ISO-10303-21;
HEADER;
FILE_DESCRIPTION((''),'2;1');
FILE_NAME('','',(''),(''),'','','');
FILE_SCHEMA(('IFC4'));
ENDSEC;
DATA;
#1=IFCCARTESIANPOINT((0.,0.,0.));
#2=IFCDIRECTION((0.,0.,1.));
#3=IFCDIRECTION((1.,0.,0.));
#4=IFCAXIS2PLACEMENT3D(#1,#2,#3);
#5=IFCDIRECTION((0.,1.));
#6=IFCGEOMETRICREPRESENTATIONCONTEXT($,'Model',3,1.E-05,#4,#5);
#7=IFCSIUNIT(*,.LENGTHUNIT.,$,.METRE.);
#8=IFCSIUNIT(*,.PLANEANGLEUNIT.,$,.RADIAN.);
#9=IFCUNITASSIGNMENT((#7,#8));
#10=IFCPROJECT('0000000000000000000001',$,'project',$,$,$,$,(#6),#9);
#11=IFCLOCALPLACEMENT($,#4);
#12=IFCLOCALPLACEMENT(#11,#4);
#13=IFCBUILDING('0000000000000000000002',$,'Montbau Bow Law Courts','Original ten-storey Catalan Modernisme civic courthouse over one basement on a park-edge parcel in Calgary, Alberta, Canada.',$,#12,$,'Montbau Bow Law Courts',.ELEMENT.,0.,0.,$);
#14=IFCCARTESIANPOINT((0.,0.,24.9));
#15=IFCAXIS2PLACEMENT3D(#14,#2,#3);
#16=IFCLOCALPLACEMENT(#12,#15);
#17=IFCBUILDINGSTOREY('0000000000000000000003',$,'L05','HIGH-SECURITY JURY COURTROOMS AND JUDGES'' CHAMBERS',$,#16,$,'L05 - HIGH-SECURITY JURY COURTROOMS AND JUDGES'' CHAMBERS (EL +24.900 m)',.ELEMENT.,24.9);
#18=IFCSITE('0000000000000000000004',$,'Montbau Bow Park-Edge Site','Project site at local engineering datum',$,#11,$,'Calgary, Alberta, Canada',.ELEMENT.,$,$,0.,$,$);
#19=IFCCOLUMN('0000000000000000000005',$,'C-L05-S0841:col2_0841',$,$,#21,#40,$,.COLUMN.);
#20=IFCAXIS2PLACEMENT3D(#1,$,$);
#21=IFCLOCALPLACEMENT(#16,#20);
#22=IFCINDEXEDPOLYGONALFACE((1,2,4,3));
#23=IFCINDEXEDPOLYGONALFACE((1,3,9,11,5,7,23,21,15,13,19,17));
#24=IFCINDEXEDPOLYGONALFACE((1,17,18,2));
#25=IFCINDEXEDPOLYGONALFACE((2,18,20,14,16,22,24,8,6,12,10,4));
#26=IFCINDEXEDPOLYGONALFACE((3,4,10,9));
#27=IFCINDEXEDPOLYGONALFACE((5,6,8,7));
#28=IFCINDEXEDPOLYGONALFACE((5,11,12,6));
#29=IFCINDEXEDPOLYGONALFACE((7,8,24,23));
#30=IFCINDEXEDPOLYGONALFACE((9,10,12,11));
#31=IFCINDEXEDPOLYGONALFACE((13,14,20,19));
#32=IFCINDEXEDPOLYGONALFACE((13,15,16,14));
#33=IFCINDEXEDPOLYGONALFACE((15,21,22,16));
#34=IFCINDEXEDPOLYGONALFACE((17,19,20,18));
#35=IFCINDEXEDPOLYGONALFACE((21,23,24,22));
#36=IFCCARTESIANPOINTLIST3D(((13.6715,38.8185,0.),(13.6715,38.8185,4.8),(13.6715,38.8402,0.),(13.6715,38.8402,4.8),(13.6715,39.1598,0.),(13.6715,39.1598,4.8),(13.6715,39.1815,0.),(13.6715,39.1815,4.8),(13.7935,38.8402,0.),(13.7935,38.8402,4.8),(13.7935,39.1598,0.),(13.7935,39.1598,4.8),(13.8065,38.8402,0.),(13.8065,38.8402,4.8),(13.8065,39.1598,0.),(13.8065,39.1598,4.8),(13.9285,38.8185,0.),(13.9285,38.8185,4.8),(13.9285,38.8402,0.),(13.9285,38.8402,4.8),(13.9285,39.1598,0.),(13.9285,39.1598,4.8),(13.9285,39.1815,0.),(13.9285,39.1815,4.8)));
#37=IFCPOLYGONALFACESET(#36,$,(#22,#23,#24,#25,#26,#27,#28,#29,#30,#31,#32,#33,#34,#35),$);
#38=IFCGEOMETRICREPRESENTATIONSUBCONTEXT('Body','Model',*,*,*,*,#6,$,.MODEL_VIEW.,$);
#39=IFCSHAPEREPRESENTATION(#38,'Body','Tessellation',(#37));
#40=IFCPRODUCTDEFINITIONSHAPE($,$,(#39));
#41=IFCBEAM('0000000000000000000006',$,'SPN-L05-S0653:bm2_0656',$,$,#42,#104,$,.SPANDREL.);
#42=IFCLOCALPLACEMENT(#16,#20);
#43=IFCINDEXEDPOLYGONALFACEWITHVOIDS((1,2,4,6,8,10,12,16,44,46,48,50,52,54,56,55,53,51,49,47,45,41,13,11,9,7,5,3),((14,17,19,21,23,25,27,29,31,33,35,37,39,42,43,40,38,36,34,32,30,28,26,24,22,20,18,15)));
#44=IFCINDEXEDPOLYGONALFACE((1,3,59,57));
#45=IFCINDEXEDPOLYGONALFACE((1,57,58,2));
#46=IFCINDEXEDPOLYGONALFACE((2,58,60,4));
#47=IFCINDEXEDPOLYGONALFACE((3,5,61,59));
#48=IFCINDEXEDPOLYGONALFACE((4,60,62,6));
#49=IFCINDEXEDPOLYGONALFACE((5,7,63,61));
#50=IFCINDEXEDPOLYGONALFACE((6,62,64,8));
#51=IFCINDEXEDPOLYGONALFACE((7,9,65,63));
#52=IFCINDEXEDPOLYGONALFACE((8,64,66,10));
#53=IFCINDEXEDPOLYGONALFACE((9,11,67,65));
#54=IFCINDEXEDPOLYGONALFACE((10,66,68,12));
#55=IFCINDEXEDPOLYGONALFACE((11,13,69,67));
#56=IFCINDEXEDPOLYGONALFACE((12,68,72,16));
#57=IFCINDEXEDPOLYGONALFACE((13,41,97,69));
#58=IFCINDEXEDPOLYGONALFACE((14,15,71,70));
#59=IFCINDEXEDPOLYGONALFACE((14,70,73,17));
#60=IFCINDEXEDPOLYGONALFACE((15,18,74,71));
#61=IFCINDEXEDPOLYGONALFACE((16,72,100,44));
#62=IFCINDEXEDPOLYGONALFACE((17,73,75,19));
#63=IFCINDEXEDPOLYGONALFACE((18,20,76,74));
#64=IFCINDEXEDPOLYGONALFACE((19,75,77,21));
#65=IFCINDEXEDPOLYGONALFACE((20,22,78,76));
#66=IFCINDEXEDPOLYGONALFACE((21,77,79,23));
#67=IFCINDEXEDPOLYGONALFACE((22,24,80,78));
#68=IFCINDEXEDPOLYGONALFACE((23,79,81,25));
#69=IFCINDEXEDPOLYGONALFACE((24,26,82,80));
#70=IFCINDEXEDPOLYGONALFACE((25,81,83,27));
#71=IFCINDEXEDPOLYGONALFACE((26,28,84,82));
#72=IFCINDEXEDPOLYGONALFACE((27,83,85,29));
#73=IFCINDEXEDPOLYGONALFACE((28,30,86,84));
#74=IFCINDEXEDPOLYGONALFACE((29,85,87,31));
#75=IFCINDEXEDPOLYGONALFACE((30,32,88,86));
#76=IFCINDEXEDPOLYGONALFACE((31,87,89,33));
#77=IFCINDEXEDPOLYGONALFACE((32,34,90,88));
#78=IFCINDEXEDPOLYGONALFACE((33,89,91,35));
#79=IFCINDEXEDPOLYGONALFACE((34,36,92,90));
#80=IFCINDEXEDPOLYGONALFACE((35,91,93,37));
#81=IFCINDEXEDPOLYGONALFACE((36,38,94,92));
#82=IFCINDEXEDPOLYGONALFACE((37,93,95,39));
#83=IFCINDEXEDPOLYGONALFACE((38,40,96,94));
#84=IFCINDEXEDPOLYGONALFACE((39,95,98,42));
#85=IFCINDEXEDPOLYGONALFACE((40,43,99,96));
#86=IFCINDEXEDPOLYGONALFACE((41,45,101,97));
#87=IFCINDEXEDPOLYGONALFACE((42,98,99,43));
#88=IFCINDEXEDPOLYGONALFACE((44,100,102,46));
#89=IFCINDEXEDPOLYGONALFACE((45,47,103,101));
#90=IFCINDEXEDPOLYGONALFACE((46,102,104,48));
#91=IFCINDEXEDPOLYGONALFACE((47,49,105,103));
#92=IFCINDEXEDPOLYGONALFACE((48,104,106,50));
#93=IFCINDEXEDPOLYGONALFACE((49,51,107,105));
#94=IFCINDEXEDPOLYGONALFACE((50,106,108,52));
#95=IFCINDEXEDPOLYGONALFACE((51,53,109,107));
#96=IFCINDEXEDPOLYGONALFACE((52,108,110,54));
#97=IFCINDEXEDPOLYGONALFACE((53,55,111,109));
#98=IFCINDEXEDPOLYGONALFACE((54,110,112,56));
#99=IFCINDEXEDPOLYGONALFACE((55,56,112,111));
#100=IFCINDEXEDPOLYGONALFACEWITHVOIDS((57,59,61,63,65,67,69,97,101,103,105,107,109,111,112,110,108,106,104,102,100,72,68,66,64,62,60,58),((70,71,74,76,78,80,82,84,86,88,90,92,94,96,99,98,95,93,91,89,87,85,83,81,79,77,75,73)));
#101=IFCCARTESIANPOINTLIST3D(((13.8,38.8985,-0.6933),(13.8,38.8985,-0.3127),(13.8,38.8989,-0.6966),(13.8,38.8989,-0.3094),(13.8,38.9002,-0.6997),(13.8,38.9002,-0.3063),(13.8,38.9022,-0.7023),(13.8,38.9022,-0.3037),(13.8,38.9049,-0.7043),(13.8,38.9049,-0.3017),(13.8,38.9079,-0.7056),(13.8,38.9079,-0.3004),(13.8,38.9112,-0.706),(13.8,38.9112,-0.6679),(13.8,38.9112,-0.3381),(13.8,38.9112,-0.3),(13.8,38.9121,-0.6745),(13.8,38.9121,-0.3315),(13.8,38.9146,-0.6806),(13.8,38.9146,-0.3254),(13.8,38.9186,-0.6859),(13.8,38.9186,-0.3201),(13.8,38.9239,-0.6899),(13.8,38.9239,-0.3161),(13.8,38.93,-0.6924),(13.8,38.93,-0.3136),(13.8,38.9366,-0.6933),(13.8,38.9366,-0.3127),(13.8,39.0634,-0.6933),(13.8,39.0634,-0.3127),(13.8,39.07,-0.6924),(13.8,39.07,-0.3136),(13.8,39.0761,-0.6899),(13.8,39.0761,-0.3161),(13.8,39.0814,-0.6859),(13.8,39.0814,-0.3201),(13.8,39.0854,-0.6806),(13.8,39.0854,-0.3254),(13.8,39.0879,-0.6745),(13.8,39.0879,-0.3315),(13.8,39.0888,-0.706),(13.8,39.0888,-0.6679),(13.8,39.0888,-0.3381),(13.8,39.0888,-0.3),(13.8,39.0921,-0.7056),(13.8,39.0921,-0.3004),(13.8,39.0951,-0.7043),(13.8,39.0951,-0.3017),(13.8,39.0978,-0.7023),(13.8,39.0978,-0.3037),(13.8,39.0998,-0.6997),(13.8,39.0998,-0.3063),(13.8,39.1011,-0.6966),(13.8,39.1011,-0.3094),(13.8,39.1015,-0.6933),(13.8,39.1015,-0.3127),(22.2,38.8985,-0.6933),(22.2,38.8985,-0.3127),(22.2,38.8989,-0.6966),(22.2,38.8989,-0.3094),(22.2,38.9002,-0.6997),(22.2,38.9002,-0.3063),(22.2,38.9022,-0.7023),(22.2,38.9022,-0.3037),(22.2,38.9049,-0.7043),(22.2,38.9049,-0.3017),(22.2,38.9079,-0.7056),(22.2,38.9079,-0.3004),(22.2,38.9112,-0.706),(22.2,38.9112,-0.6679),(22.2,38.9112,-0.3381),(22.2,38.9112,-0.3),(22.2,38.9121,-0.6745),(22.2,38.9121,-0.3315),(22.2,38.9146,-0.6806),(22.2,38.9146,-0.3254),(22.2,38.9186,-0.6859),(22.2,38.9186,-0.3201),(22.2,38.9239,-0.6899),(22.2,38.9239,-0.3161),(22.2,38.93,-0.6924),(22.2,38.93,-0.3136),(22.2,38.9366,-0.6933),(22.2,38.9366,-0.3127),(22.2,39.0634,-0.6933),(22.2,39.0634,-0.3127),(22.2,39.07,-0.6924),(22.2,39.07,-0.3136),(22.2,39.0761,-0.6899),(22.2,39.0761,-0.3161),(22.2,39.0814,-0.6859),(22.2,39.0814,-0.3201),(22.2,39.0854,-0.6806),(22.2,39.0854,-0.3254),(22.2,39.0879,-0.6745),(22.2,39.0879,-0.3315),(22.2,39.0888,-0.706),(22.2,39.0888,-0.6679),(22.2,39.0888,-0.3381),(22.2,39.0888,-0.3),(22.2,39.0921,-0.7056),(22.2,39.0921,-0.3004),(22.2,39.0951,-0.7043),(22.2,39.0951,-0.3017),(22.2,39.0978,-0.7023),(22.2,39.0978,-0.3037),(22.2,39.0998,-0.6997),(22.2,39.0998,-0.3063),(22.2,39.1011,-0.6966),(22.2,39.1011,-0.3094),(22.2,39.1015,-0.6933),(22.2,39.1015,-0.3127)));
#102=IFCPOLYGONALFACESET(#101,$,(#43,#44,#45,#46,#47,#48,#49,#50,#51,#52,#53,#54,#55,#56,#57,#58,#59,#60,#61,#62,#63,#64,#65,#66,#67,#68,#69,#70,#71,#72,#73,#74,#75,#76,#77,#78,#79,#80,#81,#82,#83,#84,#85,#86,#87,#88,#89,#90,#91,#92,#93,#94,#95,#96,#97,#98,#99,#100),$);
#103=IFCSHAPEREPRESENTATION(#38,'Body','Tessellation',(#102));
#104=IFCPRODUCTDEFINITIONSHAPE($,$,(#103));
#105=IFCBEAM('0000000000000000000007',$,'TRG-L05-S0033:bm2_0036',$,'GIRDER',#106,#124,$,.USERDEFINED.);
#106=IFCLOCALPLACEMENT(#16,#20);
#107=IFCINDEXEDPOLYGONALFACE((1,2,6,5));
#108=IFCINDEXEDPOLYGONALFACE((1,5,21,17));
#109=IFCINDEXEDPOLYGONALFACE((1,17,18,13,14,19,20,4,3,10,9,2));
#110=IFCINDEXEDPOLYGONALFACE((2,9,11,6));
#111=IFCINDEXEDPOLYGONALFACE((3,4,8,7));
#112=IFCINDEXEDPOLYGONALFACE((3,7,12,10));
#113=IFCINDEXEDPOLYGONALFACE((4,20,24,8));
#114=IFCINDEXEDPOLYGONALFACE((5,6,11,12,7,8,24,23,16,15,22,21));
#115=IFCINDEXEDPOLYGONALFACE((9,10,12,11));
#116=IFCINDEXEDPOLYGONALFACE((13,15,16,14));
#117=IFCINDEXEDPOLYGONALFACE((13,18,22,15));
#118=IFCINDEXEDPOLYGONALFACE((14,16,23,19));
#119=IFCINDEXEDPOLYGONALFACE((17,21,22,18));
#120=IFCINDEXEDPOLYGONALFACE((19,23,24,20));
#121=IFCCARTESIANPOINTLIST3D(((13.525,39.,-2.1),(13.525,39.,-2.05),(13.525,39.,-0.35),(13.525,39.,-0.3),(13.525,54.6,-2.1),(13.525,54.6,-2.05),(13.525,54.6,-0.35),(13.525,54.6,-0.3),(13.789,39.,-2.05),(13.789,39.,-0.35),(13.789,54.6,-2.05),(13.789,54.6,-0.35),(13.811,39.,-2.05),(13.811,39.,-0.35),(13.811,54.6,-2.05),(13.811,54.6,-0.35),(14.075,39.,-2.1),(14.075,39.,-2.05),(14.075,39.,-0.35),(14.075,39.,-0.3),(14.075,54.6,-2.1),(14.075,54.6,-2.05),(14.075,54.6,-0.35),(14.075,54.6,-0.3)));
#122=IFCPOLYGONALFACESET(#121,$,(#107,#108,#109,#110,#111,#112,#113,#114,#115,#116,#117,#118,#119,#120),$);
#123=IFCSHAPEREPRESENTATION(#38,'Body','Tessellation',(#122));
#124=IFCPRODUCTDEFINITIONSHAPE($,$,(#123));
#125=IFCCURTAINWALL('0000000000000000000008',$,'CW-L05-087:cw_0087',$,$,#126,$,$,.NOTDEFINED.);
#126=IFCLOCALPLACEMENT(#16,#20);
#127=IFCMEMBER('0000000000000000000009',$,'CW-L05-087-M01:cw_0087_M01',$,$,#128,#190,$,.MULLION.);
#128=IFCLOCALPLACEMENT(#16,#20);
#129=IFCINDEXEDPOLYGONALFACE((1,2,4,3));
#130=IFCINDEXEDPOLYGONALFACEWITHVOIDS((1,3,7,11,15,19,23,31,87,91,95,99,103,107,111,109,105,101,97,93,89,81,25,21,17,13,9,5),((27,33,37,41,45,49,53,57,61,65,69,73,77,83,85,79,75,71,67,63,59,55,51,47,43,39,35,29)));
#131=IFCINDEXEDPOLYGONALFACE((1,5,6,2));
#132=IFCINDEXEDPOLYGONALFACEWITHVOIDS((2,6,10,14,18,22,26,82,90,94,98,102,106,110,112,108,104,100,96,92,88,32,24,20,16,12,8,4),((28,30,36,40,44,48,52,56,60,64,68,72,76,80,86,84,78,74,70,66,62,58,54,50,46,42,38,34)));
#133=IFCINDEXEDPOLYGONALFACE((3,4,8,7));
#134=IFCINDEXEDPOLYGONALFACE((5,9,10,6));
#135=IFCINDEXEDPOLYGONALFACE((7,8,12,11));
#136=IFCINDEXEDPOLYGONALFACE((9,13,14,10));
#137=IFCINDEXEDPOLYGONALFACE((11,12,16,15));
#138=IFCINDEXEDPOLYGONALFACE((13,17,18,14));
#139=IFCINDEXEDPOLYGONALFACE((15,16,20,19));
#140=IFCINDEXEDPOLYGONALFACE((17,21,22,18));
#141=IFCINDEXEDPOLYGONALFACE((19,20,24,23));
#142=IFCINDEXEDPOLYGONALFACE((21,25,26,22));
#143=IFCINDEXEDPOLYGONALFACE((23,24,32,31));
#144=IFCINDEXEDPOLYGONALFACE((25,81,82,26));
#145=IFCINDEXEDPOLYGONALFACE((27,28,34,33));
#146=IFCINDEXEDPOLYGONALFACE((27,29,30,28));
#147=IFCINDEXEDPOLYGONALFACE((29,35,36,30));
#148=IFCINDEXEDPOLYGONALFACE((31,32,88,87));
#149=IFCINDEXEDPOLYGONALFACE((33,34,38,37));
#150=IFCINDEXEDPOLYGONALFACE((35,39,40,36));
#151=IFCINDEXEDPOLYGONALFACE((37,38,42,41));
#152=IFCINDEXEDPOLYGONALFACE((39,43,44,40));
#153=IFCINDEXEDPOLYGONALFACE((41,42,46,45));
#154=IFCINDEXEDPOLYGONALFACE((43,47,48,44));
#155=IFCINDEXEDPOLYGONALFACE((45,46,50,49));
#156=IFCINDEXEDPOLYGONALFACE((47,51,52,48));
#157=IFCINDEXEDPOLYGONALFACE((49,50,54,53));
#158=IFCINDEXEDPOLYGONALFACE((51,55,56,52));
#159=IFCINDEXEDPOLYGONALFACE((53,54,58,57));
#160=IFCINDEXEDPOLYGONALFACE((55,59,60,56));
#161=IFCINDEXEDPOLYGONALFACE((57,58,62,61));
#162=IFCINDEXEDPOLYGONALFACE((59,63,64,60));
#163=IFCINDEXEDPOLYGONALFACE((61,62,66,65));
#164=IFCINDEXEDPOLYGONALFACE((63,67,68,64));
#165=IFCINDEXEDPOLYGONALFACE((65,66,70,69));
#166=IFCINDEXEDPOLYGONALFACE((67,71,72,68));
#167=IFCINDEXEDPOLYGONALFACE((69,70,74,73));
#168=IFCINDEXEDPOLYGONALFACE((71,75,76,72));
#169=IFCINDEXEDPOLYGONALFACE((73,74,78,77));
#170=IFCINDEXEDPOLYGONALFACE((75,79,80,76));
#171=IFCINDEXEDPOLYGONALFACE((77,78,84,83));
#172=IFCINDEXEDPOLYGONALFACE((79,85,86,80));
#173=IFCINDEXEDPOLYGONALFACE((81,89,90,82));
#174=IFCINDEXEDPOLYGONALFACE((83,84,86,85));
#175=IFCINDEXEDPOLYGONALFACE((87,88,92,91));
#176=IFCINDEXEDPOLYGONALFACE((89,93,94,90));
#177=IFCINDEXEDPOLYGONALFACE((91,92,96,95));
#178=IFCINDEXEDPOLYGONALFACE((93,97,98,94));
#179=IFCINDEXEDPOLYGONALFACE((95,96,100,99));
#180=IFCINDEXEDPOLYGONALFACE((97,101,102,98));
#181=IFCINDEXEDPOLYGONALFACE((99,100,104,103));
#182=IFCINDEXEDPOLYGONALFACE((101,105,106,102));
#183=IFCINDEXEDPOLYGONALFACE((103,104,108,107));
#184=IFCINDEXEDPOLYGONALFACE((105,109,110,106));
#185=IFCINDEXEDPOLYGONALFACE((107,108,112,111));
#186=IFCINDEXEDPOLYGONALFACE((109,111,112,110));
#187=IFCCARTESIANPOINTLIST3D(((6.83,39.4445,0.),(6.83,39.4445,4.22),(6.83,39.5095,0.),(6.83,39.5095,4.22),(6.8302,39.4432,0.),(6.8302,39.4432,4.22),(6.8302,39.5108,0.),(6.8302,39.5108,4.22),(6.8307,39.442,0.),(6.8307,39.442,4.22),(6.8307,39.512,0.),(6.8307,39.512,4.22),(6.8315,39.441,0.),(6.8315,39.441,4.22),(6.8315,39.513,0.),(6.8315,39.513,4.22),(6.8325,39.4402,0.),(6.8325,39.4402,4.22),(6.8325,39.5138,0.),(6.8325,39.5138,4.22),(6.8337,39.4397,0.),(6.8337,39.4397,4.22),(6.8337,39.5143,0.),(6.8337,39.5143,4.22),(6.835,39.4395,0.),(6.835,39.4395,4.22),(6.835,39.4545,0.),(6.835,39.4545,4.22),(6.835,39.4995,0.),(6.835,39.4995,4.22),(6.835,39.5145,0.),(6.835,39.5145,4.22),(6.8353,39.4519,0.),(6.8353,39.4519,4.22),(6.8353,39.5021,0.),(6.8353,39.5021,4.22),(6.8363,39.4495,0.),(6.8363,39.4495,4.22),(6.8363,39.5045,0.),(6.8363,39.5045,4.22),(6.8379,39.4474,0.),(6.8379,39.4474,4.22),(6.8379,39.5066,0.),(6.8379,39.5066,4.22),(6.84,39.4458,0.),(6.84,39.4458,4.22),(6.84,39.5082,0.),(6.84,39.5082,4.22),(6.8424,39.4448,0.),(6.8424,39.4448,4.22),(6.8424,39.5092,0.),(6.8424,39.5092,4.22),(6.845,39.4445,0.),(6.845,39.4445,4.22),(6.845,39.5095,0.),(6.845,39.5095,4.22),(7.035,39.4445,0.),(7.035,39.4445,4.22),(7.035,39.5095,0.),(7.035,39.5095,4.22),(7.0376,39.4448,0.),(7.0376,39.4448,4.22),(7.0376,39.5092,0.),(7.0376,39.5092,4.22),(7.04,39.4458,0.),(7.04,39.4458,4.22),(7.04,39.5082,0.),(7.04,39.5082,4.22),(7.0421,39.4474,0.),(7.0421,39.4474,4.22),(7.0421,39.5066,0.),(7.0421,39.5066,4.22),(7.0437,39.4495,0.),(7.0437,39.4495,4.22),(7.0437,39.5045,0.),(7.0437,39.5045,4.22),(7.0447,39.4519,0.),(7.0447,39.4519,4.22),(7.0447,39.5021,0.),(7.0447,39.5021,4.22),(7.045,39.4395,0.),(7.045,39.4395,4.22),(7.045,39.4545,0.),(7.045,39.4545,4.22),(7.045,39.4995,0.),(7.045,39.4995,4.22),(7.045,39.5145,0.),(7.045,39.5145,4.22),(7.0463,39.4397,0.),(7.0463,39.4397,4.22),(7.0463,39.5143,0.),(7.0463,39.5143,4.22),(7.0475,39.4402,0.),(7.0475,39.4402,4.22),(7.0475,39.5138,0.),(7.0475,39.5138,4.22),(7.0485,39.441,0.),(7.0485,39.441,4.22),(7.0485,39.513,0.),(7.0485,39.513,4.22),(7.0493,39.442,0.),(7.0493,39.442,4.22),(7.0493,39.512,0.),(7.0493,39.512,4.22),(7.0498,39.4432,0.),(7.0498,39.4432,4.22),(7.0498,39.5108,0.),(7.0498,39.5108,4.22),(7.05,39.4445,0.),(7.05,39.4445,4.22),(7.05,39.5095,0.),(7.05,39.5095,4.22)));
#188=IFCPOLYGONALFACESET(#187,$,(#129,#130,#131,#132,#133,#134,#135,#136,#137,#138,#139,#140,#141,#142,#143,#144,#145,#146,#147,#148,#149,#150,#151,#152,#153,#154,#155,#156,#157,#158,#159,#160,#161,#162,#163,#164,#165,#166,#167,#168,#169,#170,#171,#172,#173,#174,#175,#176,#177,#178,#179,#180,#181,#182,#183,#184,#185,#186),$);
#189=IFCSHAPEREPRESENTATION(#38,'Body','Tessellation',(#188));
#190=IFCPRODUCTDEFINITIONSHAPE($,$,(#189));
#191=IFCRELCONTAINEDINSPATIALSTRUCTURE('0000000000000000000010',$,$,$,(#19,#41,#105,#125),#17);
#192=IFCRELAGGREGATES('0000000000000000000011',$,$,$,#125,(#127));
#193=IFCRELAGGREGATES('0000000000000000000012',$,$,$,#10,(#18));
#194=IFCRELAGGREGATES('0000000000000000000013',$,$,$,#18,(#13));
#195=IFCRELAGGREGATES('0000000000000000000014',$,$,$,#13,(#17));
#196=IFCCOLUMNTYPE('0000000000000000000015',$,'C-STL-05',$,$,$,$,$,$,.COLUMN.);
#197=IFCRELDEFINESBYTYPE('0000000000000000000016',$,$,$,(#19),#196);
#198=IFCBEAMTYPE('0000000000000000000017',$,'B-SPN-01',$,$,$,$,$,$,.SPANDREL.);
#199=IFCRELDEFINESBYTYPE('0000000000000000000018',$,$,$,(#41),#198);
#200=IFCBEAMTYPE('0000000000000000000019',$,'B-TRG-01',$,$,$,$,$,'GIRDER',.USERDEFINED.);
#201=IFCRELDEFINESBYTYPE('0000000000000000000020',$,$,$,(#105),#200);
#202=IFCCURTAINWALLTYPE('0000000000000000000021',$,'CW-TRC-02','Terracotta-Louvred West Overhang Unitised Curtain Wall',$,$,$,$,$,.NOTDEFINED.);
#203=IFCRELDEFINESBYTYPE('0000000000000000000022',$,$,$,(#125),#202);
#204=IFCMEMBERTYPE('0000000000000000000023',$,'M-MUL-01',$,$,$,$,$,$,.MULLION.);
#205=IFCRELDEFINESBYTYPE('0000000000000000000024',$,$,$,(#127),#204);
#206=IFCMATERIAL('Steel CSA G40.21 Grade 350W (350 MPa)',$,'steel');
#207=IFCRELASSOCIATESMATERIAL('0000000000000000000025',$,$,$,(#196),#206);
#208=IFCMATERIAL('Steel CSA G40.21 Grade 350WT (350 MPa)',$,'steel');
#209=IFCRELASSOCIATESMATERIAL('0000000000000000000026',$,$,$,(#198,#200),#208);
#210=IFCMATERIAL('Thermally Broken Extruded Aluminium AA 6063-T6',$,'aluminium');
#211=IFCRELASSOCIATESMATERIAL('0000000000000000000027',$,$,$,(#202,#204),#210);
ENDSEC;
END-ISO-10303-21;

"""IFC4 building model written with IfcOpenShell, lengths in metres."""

from ifc_helpers import new_model, si_unit, direction, frame, origin_with_axes, origin_2d_with_axis, place, context, subcontext, project, spatial, hollow_rectangle, i_section, extrude, material, material_profile, profile_set, type_object, element, aggregate, save


model = new_model("IFC4")

# Units and contexts
model_context = context("Model", 3, precision=1e-05, world=origin_with_axes(), true_north=direction((0.0, 1.0)))
body_context = subcontext(model_context, "Body", "Model", "MODEL_VIEW")
ifc_project = project(units=[si_unit("LENGTHUNIT", "METRE"), si_unit("PLANEANGLEUNIT", "RADIAN")], contexts=[model_context])

# Site, building, storey
site_placement = place(None, origin_with_axes())
site = spatial("IfcSite", under=ifc_project, at=site_placement, Name="Montbau Bow Park-Edge Site", Description="Project site at local engineering datum", LongName="Calgary, Alberta, Canada", CompositionType="ELEMENT", RefElevation=0.0)
building_placement = place(site_placement, origin_with_axes())
building = spatial("IfcBuilding", under=site, at=building_placement, Name="Montbau Bow Law Courts", Description="Original ten-storey Catalan Modernisme civic courthouse over one basement on a park-edge parcel in Calgary, Alberta, Canada.", LongName="Montbau Bow Law Courts", CompositionType="ELEMENT", ElevationOfRefHeight=0.0, ElevationOfTerrain=0.0)
storey_placement = place(building_placement, frame((0.0, 0.0, 24.9), z_axis=(0.0, 0.0, 1.0), x_axis=(1.0, 0.0, 0.0)))
storey = spatial("IfcBuildingStorey", under=building, at=storey_placement, Name="L05", Description="HIGH-SECURITY JURY COURTROOMS AND JUDGES' CHAMBERS", LongName="L05 - HIGH-SECURITY JURY COURTROOMS AND JUDGES' CHAMBERS (EL +24.900 m)", CompositionType="ELEMENT", Elevation=24.9)

# Column
ifc_material_1 = material(Name="Steel CSA G40.21 Grade 350W (350 MPa)", Category="steel")
ifc_material_profile_1 = material_profile(ifc_material_1, i_section(OverallWidth=0.257, OverallDepth=0.363, WebThickness=0.013, FlangeThickness=0.0217, at=origin_2d_with_axis()), Name="W360X122", Category="Main", Priority=0)
ifc_profile_set_1 = profile_set([ifc_material_profile_1], Name="Steel CSA G40.21 Grade 350W (350 MPa)")
column_type = type_object("IfcColumnType", Name="C-STL-05", PredefinedType="COLUMN", material=ifc_profile_set_1)
column_placement = place(None, frame((13.8, 39.0, 24.9), z_axis=(0.0, 0.0, 1.0), x_axis=(1.0, 0.0, 0.0)))
element("IfcColumn", 1, at=column_placement, inside=storey, type_object=column_type, Name="C-L05-S0841:col2_0841", PredefinedType="COLUMN", context=body_context, shape_type="SweptSolid", body=[
    extrude(i_section(OverallWidth=0.257, OverallDepth=0.363, WebThickness=0.013, FlangeThickness=0.0217, at=origin_2d_with_axis()), origin_with_axes(), (0.0, 0.0, 1.0), 4.8),
])

# Beams
ifc_material_2 = material(Name="Steel CSA G40.21 Grade 350WT (350 MPa)", Category="steel")
ifc_material_profile_2 = material_profile(ifc_material_2, hollow_rectangle(XDim=0.203, YDim=0.406, WallThickness=0.0127, InnerFilletRadius=0.0254, OuterFilletRadius=0.0127, at=origin_2d_with_axis()), Name="HSS406X203X13", Category="Main", Priority=0)
ifc_profile_set_2 = profile_set([ifc_material_profile_2], Name="Steel CSA G40.21 Grade 350WT (350 MPa)")
beam_type_1 = type_object("IfcBeamType", Name="B-SPN-01", PredefinedType="SPANDREL", material=ifc_profile_set_2)
beam_1_placement = place(None, frame((13.8, 39.0, 24.397), z_axis=(1.0, 0.0, 0.0), x_axis=(0.0, 1.0, 0.0)))
element("IfcBeam", 2, at=beam_1_placement, inside=storey, type_object=beam_type_1, Name="SPN-L05-S0653:bm2_0656", PredefinedType="SPANDREL", context=body_context, shape_type="SweptSolid", body=[
    extrude(hollow_rectangle(XDim=0.203, YDim=0.406, WallThickness=0.0127, InnerFilletRadius=0.0254, OuterFilletRadius=0.0127, at=origin_2d_with_axis()), origin_with_axes(), (0.0, 0.0, 1.0), 8.4),
])
ifc_material_profile_3 = material_profile(ifc_material_2, i_section(OverallWidth=0.55, OverallDepth=1.8, WebThickness=0.022, FlangeThickness=0.05, at=origin_2d_with_axis()), Name="WWF1800X550", Category="Main", Priority=0)
ifc_profile_set_3 = profile_set([ifc_material_profile_3], Name="Steel CSA G40.21 Grade 350WT (350 MPa)")
beam_type_2 = type_object("IfcBeamType", Name="B-TRG-01", ElementType="GIRDER", PredefinedType="USERDEFINED", material=ifc_profile_set_3)
beam_2_placement = place(None, frame((13.8, 39.0, 23.7), z_axis=(0.0, 1.0, 0.0), x_axis=(-1.0, 0.0, 0.0)))
element("IfcBeam", 3, at=beam_2_placement, inside=storey, type_object=beam_type_2, Name="TRG-L05-S0033:bm2_0036", ObjectType="GIRDER", PredefinedType="USERDEFINED", context=body_context, shape_type="SweptSolid", body=[
    extrude(i_section(OverallWidth=0.55, OverallDepth=1.8, WebThickness=0.022, FlangeThickness=0.05, at=origin_2d_with_axis()), origin_with_axes(), (0.0, 0.0, 1.0), 15.6),
])

# Curtain wall, member
ifc_material_3 = material(Name="Thermally Broken Extruded Aluminium AA 6063-T6", Category="aluminium")
curtain_wall_type = type_object("IfcCurtainWallType", Name="CW-TRC-02", Description="Terracotta-Louvred West Overhang Unitised Curtain Wall", PredefinedType="NOTDEFINED", material=ifc_material_3)
curtain_wall_1_placement = place(None, frame((6.94, 39.44, 24.9), z_axis=(0.0, 0.0, 1.0), x_axis=(1.0, 0.0, 0.0)))
curtain_wall_1 = element("IfcCurtainWall", 4, at=curtain_wall_1_placement, inside=storey, type_object=curtain_wall_type, Name="CW-L05-087:cw_0087", PredefinedType="NOTDEFINED")
ifc_material_profile_4 = material_profile(ifc_material_3, hollow_rectangle(XDim=0.075, YDim=0.22, WallThickness=0.005, InnerFilletRadius=0.01, OuterFilletRadius=0.005, at=origin_2d_with_axis()), Name="CWM-220X75", Category="Main", Priority=0)
ifc_profile_set_4 = profile_set([ifc_material_profile_4], Name="Thermally Broken Extruded Aluminium AA 6063-T6")
member_type_1 = type_object("IfcMemberType", Name="M-MUL-01", PredefinedType="MULLION", material=ifc_profile_set_4)
member_1_placement = place(None, frame((6.94, 39.477, 24.9), z_axis=(0.0, 0.0, 1.0), x_axis=(0.0, 1.0, 0.0)))
member_1 = element("IfcMember", 5, at=member_1_placement, type_object=member_type_1, Name="CW-L05-087-M01:cw_0087_M01", PredefinedType="MULLION", context=body_context, shape_type="SweptSolid", body=[
    extrude(hollow_rectangle(XDim=0.075, YDim=0.22, WallThickness=0.005, InnerFilletRadius=0.01, OuterFilletRadius=0.005, at=origin_2d_with_axis()), origin_with_axes(), (0.0, 0.0, 1.0), 4.22),
])

aggregate(curtain_wall_1, [member_1])

save(model, "model.ifc")
